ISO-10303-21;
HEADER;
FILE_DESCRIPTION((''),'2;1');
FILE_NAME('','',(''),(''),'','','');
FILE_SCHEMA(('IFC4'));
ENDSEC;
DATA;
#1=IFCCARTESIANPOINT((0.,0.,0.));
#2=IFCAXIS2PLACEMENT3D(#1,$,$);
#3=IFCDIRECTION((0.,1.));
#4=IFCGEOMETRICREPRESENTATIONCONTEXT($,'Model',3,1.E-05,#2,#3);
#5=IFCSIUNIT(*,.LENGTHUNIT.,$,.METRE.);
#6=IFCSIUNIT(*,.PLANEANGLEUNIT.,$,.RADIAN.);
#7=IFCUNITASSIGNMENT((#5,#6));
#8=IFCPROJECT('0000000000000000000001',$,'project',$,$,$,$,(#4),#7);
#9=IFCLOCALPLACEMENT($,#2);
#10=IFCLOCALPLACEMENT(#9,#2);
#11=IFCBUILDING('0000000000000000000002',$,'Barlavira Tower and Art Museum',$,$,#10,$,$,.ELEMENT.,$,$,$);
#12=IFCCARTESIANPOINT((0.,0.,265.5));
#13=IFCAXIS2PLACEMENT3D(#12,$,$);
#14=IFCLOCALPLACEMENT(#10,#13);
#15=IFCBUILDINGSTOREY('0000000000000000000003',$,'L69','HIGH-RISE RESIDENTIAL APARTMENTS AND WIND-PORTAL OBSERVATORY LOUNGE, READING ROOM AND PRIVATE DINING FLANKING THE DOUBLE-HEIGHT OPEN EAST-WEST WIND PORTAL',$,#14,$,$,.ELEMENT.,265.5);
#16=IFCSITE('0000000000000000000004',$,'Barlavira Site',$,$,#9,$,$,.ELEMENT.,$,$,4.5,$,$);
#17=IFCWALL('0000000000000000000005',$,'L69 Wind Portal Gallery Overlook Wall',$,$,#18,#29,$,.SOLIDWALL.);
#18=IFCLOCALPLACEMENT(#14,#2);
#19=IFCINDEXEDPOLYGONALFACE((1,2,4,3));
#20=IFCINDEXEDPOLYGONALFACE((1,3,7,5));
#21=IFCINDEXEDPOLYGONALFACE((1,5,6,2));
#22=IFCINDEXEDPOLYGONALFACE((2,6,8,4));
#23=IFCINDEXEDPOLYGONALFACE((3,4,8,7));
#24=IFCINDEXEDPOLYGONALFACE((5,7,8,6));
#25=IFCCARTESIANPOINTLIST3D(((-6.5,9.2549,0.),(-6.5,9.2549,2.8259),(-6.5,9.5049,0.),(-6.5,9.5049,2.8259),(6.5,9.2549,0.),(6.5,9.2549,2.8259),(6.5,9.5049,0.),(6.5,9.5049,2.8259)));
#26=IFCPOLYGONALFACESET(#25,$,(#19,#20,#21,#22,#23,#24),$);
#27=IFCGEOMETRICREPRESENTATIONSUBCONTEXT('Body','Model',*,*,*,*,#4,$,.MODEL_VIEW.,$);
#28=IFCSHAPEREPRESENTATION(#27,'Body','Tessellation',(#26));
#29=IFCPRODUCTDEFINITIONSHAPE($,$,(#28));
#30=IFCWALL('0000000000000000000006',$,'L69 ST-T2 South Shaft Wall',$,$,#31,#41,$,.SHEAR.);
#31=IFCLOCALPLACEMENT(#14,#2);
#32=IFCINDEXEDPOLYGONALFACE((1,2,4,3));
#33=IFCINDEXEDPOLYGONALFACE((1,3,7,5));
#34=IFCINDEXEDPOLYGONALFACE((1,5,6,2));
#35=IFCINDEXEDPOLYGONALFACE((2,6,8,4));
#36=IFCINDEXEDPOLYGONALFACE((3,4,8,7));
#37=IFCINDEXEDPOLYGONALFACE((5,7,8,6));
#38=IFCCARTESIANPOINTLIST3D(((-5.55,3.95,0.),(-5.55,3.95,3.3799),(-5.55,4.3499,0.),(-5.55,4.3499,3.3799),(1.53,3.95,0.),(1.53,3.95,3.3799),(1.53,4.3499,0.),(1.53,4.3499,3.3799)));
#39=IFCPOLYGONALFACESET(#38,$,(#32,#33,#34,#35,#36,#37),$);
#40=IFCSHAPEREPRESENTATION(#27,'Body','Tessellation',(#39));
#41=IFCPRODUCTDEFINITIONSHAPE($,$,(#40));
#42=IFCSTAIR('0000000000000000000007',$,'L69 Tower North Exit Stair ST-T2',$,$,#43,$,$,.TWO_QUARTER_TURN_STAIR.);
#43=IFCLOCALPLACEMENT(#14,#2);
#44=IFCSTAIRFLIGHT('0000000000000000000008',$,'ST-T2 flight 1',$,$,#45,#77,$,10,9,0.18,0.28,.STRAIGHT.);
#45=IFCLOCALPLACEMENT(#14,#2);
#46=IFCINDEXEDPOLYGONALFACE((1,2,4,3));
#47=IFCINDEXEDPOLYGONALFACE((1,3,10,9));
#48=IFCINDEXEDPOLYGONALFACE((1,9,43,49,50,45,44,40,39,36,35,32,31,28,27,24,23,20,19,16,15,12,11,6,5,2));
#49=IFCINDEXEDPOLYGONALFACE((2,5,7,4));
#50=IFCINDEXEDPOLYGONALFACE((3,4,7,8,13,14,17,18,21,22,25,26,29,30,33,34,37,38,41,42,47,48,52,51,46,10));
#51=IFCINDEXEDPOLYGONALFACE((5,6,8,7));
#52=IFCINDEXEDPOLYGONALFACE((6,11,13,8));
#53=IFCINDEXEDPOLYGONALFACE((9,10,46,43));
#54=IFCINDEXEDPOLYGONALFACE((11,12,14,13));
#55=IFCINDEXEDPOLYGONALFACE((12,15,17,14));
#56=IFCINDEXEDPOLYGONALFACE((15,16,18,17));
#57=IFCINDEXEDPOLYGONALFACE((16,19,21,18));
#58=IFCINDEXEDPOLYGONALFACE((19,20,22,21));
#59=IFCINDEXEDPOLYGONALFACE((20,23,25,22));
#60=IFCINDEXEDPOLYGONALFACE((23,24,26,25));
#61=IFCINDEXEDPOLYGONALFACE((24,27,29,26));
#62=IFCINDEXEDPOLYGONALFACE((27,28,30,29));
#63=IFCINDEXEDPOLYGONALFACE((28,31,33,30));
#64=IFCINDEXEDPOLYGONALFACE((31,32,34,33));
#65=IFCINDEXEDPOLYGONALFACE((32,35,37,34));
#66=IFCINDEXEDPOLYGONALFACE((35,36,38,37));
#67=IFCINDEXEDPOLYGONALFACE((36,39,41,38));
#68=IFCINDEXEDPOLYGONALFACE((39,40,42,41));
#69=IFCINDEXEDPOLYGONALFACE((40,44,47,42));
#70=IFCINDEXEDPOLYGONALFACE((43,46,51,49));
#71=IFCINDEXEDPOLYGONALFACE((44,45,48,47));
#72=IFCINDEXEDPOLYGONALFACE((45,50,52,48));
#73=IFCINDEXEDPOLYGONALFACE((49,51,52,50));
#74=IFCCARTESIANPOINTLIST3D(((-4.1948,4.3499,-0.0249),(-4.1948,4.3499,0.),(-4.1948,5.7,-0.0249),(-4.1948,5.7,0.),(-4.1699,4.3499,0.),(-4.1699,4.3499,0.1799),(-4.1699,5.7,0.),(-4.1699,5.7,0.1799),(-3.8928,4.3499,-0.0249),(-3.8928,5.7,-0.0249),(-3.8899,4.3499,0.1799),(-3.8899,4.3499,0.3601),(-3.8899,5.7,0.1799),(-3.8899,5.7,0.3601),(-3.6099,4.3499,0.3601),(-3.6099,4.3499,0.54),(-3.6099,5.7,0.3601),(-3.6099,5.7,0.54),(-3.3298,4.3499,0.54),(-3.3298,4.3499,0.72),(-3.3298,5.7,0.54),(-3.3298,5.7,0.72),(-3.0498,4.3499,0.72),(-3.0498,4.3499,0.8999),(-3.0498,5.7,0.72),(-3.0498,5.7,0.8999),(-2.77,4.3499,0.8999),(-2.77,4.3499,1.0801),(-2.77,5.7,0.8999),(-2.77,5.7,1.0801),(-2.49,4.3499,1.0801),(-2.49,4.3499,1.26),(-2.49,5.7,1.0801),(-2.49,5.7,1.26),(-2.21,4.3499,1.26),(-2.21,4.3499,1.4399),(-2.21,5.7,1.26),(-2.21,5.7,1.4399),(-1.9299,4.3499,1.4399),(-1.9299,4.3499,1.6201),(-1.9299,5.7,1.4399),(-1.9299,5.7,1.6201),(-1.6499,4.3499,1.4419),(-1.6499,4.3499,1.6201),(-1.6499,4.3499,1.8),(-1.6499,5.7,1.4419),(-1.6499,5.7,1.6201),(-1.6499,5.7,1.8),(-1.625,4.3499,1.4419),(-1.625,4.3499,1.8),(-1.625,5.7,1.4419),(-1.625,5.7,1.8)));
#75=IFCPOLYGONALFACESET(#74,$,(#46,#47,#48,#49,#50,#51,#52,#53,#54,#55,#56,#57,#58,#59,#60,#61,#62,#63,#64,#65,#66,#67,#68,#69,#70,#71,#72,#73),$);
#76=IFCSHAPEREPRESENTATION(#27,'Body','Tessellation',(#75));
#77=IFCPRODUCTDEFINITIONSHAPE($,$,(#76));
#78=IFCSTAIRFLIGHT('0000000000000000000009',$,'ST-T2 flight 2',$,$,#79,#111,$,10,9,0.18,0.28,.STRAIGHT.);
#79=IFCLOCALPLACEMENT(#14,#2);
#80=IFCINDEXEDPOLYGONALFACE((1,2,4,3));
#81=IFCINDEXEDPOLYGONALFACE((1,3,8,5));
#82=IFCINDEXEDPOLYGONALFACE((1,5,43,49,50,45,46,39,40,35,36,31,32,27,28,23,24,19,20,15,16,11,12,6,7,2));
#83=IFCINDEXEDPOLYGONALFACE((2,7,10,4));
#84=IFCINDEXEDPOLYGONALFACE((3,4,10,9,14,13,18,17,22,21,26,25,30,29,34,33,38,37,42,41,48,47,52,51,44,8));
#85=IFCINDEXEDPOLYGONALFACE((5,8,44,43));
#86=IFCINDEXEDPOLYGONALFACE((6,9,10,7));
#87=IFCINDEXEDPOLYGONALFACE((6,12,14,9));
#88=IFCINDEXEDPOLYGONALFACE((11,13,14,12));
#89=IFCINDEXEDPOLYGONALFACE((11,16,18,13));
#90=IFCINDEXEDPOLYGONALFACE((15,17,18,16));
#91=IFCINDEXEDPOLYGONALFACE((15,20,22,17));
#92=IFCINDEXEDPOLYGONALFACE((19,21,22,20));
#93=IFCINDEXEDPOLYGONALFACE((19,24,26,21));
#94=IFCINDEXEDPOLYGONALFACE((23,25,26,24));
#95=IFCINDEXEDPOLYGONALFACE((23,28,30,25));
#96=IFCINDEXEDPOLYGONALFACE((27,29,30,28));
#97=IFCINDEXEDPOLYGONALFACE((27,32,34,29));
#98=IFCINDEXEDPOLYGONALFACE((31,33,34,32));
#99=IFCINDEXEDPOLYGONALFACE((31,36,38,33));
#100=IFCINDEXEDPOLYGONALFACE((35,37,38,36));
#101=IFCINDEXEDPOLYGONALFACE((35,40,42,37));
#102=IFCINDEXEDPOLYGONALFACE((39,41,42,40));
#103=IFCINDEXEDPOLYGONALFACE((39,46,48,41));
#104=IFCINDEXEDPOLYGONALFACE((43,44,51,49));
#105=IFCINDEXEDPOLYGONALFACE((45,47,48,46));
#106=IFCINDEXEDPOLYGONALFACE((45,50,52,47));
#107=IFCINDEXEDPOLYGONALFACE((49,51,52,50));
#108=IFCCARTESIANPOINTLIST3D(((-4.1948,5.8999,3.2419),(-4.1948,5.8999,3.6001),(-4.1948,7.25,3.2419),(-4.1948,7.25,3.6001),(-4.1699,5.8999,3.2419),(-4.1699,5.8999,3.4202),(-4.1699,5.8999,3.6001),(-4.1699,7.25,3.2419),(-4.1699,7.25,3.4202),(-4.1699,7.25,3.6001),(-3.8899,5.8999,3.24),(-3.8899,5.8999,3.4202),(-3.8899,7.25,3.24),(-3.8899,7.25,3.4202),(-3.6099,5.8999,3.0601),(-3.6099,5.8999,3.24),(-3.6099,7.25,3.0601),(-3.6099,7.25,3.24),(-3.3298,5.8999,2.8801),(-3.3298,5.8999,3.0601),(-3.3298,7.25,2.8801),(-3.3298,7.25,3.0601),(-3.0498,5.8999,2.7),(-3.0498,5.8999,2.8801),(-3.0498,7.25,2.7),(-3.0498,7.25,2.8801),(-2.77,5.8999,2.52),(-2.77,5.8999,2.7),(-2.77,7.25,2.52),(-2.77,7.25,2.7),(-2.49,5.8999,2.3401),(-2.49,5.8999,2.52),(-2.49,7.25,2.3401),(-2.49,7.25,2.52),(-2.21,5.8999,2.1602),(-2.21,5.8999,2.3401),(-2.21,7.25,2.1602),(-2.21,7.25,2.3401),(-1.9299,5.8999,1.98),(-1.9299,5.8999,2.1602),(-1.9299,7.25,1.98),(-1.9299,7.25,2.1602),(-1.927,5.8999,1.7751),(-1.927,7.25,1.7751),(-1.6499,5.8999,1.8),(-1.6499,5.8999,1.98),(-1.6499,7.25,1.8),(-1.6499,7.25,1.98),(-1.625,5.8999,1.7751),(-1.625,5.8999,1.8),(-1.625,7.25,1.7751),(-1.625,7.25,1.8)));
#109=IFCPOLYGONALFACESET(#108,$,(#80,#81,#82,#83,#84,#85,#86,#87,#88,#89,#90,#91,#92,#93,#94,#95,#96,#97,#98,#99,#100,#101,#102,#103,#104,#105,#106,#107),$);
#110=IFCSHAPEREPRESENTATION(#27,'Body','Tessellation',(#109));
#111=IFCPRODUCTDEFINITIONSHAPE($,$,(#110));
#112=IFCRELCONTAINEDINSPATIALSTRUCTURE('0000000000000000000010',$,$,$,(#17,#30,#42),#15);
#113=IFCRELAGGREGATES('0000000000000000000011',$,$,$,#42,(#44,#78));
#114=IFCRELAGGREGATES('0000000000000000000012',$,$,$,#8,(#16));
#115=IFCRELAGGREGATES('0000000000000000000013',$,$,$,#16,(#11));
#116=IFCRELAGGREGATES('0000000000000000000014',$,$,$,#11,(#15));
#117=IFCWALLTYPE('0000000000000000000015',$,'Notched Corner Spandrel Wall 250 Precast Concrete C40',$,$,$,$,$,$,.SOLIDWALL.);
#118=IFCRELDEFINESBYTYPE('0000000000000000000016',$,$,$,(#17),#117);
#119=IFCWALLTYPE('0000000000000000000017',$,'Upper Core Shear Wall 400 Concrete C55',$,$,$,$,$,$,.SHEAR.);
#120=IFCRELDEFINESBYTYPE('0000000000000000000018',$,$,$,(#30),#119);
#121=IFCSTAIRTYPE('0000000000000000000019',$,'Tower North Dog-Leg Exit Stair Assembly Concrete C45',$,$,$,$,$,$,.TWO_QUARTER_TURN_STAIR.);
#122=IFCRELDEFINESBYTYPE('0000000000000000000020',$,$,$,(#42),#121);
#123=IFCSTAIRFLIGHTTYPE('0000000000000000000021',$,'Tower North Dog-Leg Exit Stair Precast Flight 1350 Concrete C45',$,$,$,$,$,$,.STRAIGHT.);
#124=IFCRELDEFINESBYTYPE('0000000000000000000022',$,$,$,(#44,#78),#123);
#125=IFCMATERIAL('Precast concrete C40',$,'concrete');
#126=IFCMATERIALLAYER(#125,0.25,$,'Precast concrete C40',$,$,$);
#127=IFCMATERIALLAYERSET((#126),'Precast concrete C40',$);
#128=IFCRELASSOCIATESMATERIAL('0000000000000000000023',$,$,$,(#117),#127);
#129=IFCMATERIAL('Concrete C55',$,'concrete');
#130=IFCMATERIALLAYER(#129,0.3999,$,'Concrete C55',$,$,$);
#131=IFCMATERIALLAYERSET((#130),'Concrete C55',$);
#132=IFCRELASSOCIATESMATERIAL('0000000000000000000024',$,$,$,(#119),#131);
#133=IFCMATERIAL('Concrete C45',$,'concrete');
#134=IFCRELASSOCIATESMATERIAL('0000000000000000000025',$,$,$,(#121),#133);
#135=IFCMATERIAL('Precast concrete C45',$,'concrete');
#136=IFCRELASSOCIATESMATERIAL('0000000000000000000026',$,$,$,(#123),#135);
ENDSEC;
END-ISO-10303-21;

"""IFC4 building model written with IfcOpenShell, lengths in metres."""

from ifc_helpers import new_model, si_unit, direction, frame, frame_2d, origin, place, context, subcontext, project, spatial, polyline, rectangle, outline, extrude, material, layer, layer_set, type_object, element, aggregate, save


model = new_model("IFC4")

# Units and contexts
model_context = context("Model", 3, precision=1e-05, world=origin(), true_north=direction((0.0, 1.0)))
body_context = subcontext(model_context, "Body", "Model", "MODEL_VIEW")
ifc_project = project(units=[si_unit("LENGTHUNIT", "METRE"), si_unit("PLANEANGLEUNIT", "RADIAN")], contexts=[model_context])

# Site, building, storey
site_placement = place(None, origin())
site = spatial("IfcSite", under=ifc_project, at=site_placement, Name="Barlavira Site", CompositionType="ELEMENT", RefElevation=4.5)
building_placement = place(site_placement, origin())
building = spatial("IfcBuilding", under=site, at=building_placement, Name="Barlavira Tower and Art Museum", CompositionType="ELEMENT")
storey_placement = place(building_placement, frame((0.0, 0.0, 265.5)))
storey = spatial("IfcBuildingStorey", under=building, at=storey_placement, Name="L69", Description="HIGH-RISE RESIDENTIAL APARTMENTS AND WIND-PORTAL OBSERVATORY LOUNGE, READING ROOM AND PRIVATE DINING FLANKING THE DOUBLE-HEIGHT OPEN EAST-WEST WIND PORTAL", CompositionType="ELEMENT", Elevation=265.5)

# Walls
ifc_material_1 = material(Name="Precast concrete C40", Category="concrete")
ifc_layer_1 = layer(ifc_material_1, 0.25, Name="Precast concrete C40")
ifc_layer_set_1 = layer_set([ifc_layer_1], Name="Precast concrete C40")
wall_type_1 = type_object("IfcWallType", Name="Notched Corner Spandrel Wall 250 Precast Concrete C40", PredefinedType="SOLIDWALL", material=ifc_layer_set_1)
wall_1_placement = place(storey_placement, frame((-6.5, 9.3799, 0.0), z_axis=(0.0, 0.0, 1.0), x_axis=(1.0, 0.0, 0.0)))
element("IfcWall", 1, at=wall_1_placement, inside=storey, type_object=wall_type_1, Name="L69 Wind Portal Gallery Overlook Wall", PredefinedType="SOLIDWALL", context=body_context, shape_type="SweptSolid", body=[
    extrude(rectangle(XDim=13.0, YDim=0.25, at=frame_2d((6.5, 0.0))), origin(), (0.0, 0.0, 1.0), 2.8259),
])
ifc_material_2 = material(Name="Concrete C55", Category="concrete")
ifc_layer_2 = layer(ifc_material_2, 0.3999, Name="Concrete C55")
ifc_layer_set_2 = layer_set([ifc_layer_2], Name="Concrete C55")
wall_type_2 = type_object("IfcWallType", Name="Upper Core Shear Wall 400 Concrete C55", PredefinedType="SHEAR", material=ifc_layer_set_2)
wall_2_placement = place(storey_placement, frame((-5.55, 4.1499, 0.0), z_axis=(0.0, 0.0, 1.0), x_axis=(1.0, 0.0, 0.0)))
element("IfcWall", 2, at=wall_2_placement, inside=storey, type_object=wall_type_2, Name="L69 ST-T2 South Shaft Wall", PredefinedType="SHEAR", context=body_context, shape_type="SweptSolid", body=[
    extrude(rectangle(XDim=7.0801, YDim=0.3999, at=frame_2d((3.54, 0.0))), origin(), (0.0, 0.0, 1.0), 3.3799),
])

# Stair, stair flights
ifc_material_3 = material(Name="Concrete C45", Category="concrete")
stair_type = type_object("IfcStairType", Name="Tower North Dog-Leg Exit Stair Assembly Concrete C45", PredefinedType="TWO_QUARTER_TURN_STAIR", material=ifc_material_3)
stair_placement = place(storey_placement, origin())
stair = element("IfcStair", 3, at=stair_placement, inside=storey, type_object=stair_type, Name="L69 Tower North Exit Stair ST-T2", PredefinedType="TWO_QUARTER_TURN_STAIR")
ifc_material_4 = material(Name="Precast concrete C45", Category="concrete")
stair_flight_type = type_object("IfcStairFlightType", Name="Tower North Dog-Leg Exit Stair Precast Flight 1350 Concrete C45", PredefinedType="STRAIGHT", material=ifc_material_4)
stair_flight_1_placement = place(storey_placement, frame((-4.1699, 5.0249, 0.0), z_axis=(0.0, 0.0, 1.0), x_axis=(1.0, 0.0, 0.0)))
stair_flight_1 = element("IfcStairFlight", 4, at=stair_flight_1_placement, type_object=stair_flight_type, Name="ST-T2 flight 1", NumberOfRisers=10, NumberOfTreads=9, PredefinedType="STRAIGHT", RiserHeight=0.18, TreadLength=0.28, context=body_context, shape_type="SweptSolid", body=[
    extrude(outline(polyline([(-0.0249, 0.0), (0.0, 0.0), (0.0, 0.1799), (0.28, 0.1799), (0.28, 0.3601), (0.5601, 0.3601), (0.5601, 0.54), (0.8401, 0.54), (0.8401, 0.72), (1.1201, 0.72), (1.1201, 0.8999), (1.3999, 0.8999), (1.3999, 1.0801), (1.6799, 1.0801), (1.6799, 1.26), (1.96, 1.26), (1.96, 1.4399), (2.24, 1.4399), (2.24, 1.6201), (2.52, 1.6201), (2.52, 1.8), (2.5449, 1.8), (2.5449, 1.4419), (2.52, 1.4419), (0.2771, -0.0249), (-0.0249, -0.0249), (-0.0249, 0.0)])), frame((0.0, 0.675, 0.0), z_axis=(0.0, -1.0, 0.0), x_axis=(1.0, 0.0, 0.0)), (0.0, 0.0, 1.0), 1.3501),
])
stair_flight_2_placement = place(storey_placement, frame((-1.6499, 6.575, 1.8), z_axis=(0.0, 0.0, 1.0), x_axis=(-1.0, 0.0, 0.0)))
stair_flight_2 = element("IfcStairFlight", 5, at=stair_flight_2_placement, type_object=stair_flight_type, Name="ST-T2 flight 2", NumberOfRisers=10, NumberOfTreads=9, PredefinedType="STRAIGHT", RiserHeight=0.18, TreadLength=0.28, context=body_context, shape_type="SweptSolid", body=[
    extrude(outline(polyline([(-0.0249, 0.0), (0.0, 0.0), (0.0, 0.1799), (0.28, 0.1799), (0.28, 0.3601), (0.5601, 0.3601), (0.5601, 0.54), (0.8401, 0.54), (0.8401, 0.72), (1.1201, 0.72), (1.1201, 0.8999), (1.3999, 0.8999), (1.3999, 1.0801), (1.6799, 1.0801), (1.6799, 1.26), (1.96, 1.26), (1.96, 1.4399), (2.24, 1.4399), (2.24, 1.6201), (2.52, 1.6201), (2.52, 1.8), (2.5449, 1.8), (2.5449, 1.4419), (2.52, 1.4419), (0.2771, -0.0249), (-0.0249, -0.0249), (-0.0249, 0.0)])), frame((0.0, 0.675, 0.0), z_axis=(0.0, -1.0, 0.0), x_axis=(1.0, 0.0, 0.0)), (0.0, 0.0, 1.0), 1.3501),
])
aggregate(stair, [stair_flight_1, stair_flight_2])

save(model, "model.ifc")
